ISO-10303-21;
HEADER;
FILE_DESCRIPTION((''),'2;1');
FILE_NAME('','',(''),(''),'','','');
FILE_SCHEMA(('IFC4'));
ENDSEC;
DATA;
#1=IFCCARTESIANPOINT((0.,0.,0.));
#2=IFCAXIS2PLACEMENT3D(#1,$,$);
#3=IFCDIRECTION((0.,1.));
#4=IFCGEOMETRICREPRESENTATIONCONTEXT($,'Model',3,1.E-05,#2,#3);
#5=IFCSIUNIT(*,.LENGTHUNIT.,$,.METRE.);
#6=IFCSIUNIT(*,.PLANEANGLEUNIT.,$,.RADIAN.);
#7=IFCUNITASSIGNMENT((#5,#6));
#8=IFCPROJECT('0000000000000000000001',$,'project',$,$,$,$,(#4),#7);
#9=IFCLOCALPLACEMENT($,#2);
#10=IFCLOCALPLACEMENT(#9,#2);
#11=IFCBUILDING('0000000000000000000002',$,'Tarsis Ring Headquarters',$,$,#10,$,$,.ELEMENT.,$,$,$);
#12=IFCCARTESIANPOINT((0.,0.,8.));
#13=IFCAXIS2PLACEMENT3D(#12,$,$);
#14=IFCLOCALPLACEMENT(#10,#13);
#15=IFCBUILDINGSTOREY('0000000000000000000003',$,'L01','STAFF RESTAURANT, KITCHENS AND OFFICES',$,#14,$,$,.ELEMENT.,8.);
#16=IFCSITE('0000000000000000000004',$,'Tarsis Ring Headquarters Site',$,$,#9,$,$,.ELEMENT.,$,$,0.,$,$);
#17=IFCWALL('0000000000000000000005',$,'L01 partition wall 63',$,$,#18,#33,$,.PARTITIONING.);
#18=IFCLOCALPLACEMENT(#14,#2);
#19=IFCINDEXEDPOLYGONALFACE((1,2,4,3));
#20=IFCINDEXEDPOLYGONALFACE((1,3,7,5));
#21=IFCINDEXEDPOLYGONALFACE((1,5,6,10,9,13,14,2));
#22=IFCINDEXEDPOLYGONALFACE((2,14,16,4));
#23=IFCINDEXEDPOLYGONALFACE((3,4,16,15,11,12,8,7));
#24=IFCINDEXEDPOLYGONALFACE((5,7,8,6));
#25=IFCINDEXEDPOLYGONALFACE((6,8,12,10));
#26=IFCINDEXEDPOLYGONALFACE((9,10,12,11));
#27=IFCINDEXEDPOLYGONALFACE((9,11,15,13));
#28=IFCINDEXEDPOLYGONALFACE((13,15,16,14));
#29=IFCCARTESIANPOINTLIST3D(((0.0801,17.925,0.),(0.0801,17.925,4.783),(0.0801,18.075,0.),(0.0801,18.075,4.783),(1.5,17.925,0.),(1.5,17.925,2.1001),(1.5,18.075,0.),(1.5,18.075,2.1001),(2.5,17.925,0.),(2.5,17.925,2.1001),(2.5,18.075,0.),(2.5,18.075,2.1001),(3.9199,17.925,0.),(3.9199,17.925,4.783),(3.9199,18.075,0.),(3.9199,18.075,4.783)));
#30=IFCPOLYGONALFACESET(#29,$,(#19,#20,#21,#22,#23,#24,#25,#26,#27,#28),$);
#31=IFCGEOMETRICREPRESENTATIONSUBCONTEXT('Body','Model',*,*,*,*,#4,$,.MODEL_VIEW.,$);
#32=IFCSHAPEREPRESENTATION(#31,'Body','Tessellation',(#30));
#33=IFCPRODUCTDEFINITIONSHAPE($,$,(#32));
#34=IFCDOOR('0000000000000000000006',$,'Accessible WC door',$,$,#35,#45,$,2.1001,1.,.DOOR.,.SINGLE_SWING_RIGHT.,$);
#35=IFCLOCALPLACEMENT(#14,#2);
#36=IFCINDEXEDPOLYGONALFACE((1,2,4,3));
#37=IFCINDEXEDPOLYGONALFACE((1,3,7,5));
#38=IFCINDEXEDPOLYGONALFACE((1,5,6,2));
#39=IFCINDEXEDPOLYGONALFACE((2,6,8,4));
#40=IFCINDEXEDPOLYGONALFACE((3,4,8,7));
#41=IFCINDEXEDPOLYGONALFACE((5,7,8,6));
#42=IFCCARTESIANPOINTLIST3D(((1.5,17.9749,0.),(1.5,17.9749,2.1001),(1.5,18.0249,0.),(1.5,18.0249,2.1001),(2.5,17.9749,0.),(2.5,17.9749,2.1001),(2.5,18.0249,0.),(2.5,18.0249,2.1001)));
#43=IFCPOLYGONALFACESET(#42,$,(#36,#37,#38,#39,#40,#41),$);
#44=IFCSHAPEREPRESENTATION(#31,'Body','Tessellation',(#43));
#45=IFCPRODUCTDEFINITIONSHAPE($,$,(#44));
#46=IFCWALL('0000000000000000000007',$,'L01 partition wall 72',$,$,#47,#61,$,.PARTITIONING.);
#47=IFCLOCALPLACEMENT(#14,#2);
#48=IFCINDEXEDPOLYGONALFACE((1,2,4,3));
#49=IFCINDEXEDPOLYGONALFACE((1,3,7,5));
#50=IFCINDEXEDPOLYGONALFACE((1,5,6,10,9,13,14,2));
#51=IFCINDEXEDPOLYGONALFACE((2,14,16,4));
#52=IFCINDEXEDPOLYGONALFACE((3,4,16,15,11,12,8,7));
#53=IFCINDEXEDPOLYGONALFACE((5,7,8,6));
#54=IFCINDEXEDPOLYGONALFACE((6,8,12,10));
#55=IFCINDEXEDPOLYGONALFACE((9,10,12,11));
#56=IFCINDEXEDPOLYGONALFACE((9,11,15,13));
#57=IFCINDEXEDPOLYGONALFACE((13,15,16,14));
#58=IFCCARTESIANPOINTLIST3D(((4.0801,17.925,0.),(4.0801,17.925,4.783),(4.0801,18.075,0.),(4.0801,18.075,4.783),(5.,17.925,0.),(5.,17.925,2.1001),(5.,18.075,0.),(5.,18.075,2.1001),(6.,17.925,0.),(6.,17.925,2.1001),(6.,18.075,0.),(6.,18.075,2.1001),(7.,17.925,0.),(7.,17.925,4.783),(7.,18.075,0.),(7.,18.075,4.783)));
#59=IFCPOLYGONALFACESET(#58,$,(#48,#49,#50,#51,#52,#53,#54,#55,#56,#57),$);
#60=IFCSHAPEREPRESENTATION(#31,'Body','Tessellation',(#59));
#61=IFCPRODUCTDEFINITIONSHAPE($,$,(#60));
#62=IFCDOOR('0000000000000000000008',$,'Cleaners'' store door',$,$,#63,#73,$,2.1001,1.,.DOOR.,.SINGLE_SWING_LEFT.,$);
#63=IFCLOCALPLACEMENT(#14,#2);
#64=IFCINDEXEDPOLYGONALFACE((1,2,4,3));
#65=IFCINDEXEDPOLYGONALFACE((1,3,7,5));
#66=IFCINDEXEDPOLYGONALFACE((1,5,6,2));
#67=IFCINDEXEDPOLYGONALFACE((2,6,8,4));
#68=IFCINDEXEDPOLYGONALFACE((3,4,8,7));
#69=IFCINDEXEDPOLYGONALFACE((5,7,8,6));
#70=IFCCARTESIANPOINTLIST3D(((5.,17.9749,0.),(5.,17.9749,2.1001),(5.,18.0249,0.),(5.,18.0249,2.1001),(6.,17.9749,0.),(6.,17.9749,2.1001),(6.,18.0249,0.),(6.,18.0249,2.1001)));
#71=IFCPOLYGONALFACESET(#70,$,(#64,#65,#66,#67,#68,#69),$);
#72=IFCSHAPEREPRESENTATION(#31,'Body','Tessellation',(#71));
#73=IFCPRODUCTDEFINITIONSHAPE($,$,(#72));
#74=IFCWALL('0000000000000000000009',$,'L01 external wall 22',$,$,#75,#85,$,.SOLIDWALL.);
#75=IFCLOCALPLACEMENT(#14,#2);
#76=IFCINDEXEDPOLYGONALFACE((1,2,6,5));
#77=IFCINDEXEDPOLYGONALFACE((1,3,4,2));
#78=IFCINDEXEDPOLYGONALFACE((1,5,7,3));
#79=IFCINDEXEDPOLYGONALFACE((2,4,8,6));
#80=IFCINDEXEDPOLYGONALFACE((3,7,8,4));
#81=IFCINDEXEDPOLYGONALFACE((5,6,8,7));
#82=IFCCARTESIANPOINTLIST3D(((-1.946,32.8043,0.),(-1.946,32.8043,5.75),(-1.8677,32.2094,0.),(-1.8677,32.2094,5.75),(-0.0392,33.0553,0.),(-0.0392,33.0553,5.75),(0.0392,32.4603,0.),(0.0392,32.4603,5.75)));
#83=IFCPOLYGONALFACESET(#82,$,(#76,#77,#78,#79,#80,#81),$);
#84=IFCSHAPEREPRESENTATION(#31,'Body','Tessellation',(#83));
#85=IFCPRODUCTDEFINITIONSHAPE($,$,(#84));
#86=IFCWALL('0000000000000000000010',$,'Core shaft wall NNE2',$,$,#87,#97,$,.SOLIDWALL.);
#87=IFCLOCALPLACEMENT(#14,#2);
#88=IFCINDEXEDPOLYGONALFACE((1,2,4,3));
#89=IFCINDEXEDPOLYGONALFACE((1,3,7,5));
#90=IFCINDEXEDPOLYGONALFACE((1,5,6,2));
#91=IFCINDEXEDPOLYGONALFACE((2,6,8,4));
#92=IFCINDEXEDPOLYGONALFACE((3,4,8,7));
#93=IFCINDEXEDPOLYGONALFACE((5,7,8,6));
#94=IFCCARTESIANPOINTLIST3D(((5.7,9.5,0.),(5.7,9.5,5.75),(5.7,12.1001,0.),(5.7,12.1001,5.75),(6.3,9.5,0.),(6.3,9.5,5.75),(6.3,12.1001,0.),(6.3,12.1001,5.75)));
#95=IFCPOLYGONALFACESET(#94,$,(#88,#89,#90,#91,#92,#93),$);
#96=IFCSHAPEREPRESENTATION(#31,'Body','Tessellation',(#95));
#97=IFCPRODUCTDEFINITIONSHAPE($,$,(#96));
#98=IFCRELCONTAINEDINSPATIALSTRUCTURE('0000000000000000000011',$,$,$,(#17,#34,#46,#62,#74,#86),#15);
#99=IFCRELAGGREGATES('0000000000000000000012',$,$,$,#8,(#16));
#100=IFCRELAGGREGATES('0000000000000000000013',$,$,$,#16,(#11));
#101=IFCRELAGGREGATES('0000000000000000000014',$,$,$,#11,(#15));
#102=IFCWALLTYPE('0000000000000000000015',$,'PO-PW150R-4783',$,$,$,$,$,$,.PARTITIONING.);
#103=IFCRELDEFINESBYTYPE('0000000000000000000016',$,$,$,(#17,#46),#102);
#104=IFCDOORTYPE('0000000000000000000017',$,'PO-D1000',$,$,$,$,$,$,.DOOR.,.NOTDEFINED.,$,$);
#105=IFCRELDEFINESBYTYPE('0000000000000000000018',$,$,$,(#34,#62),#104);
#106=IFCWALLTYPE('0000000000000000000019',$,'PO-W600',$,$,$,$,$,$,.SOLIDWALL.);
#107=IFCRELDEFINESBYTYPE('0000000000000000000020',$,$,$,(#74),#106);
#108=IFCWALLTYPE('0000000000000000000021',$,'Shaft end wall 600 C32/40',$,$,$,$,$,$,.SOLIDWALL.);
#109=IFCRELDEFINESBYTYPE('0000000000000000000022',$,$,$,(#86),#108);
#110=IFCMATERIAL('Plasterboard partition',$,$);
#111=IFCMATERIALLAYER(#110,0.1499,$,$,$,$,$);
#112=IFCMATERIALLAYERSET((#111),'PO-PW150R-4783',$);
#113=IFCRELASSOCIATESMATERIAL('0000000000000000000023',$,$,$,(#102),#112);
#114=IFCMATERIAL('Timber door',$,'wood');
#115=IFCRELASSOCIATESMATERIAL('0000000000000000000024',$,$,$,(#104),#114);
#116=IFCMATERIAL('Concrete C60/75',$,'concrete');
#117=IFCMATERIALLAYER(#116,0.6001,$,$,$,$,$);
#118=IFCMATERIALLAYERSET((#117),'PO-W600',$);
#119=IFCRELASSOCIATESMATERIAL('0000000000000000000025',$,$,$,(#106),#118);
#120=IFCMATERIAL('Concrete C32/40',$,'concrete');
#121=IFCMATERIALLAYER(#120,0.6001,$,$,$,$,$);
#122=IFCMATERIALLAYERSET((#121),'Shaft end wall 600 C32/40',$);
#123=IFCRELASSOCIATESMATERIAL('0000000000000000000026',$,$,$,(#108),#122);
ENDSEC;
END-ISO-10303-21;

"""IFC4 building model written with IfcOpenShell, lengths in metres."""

from ifc_helpers import new_model, si_unit, direction, frame, frame_2d, origin, place, context, subcontext, project, spatial, rectangle, extrude, material, layer, layer_set, type_object, element, fill, save


model = new_model("IFC4")

# Units and contexts
model_context = context("Model", 3, precision=1e-05, world=origin(), true_north=direction((0.0, 1.0)))
body_context = subcontext(model_context, "Body", "Model", "MODEL_VIEW")
ifc_project = project(units=[si_unit("LENGTHUNIT", "METRE"), si_unit("PLANEANGLEUNIT", "RADIAN")], contexts=[model_context])

# Site, building, storey
site_placement = place(None, origin())
site = spatial("IfcSite", under=ifc_project, at=site_placement, Name="Tarsis Ring Headquarters Site", CompositionType="ELEMENT", RefElevation=0.0)
building_placement = place(site_placement, origin())
building = spatial("IfcBuilding", under=site, at=building_placement, Name="Tarsis Ring Headquarters", CompositionType="ELEMENT")
storey_placement = place(building_placement, frame((0.0, 0.0, 8.0)))
storey = spatial("IfcBuildingStorey", under=building, at=storey_placement, Name="L01", Description="STAFF RESTAURANT, KITCHENS AND OFFICES", CompositionType="ELEMENT", Elevation=8.0)

# Shared definitions
ifc_material_1 = material(Name="Concrete C60/75", Category="concrete")

# Shared definitions
ifc_material_2 = material(Name="Plasterboard partition")

# Walls, openings, doors
ifc_layer_1 = layer(ifc_material_2, 0.1499)
ifc_layer_set_1 = layer_set([ifc_layer_1], Name="PO-PW150R-4783")
wall_type_1 = type_object("IfcWallType", Name="PO-PW150R-4783", PredefinedType="PARTITIONING", material=ifc_layer_set_1)
wall_1_placement = place(storey_placement, frame((0.0801, 18.0, 0.0), z_axis=(0.0, 0.0, 1.0), x_axis=(1.0, 0.0, 0.0)))
wall_1 = element("IfcWall", 1, at=wall_1_placement, inside=storey, type_object=wall_type_1, Name="L01 partition wall 63", PredefinedType="PARTITIONING", context=body_context, shape_type="SweptSolid", body=[
    extrude(rectangle(XDim=3.8398, YDim=0.1499, at=frame_2d((1.9199, 0.0))), origin(), (0.0, 0.0, 1.0), 4.783),
])
opening_1_placement = place(wall_1_placement, frame((1.4199, 0.0, 0.0)))
opening_1 = element("IfcOpeningElement", 2, at=opening_1_placement, cuts=wall_1, PredefinedType="OPENING", context=body_context, shape_type="SweptSolid", body=[
    extrude(rectangle(XDim=1.0, YDim=2.1001, at=frame_2d((0.5, 1.05))), frame((0.0, 0.085, 0.0), z_axis=(0.0, -1.0, 0.0), x_axis=(1.0, 0.0, 0.0)), (0.0, 0.0, 1.0), 0.1699),
])
ifc_material_3 = material(Name="Timber door", Category="wood")
door_type = type_object("IfcDoorType", Name="PO-D1000", OperationType="NOTDEFINED", PredefinedType="DOOR", material=ifc_material_3)
door_1_placement = place(opening_1_placement, origin())
door_1 = element("IfcDoor", 3, at=door_1_placement, inside=storey, type_object=door_type, Name="Accessible WC door", OperationType="SINGLE_SWING_RIGHT", OverallHeight=2.1001, OverallWidth=1.0, PredefinedType="DOOR", context=body_context, shape_type="SweptSolid", body=[
    extrude(rectangle(XDim=1.0, YDim=2.1001, at=frame_2d((0.5, 1.05))), frame((0.0, 0.0249, 0.0), z_axis=(0.0, -1.0, 0.0), x_axis=(1.0, 0.0, 0.0)), (0.0, 0.0, 1.0), 0.05),
])
fill(opening_1, door_1)
wall_2_placement = place(storey_placement, frame((4.0801, 18.0, 0.0), z_axis=(0.0, 0.0, 1.0), x_axis=(1.0, 0.0, 0.0)))
wall_2 = element("IfcWall", 4, at=wall_2_placement, inside=storey, type_object=wall_type_1, Name="L01 partition wall 72", PredefinedType="PARTITIONING", context=body_context, shape_type="SweptSolid", body=[
    extrude(rectangle(XDim=2.9199, YDim=0.1499, at=frame_2d((1.46, 0.0))), origin(), (0.0, 0.0, 1.0), 4.783),
])
opening_2_placement = place(wall_2_placement, frame((0.9199, 0.0, 0.0)))
opening_2 = element("IfcOpeningElement", 5, at=opening_2_placement, cuts=wall_2, PredefinedType="OPENING", context=body_context, shape_type="SweptSolid", body=[
    extrude(rectangle(XDim=1.0, YDim=2.1001, at=frame_2d((0.5, 1.05))), frame((0.0, 0.085, 0.0), z_axis=(0.0, -1.0, 0.0), x_axis=(1.0, 0.0, 0.0)), (0.0, 0.0, 1.0), 0.1699),
])
door_2_placement = place(opening_2_placement, origin())
door_2 = element("IfcDoor", 6, at=door_2_placement, inside=storey, type_object=door_type, Name="Cleaners' store door", OperationType="SINGLE_SWING_LEFT", OverallHeight=2.1001, OverallWidth=1.0, PredefinedType="DOOR", context=body_context, shape_type="SweptSolid", body=[
    extrude(rectangle(XDim=1.0, YDim=2.1001, at=frame_2d((0.5, 1.05))), frame((0.0, 0.0249, 0.0), z_axis=(0.0, -1.0, 0.0), x_axis=(1.0, 0.0, 0.0)), (0.0, 0.0, 1.0), 0.05),
])
fill(opening_2, door_2)

# Walls
ifc_layer_2 = layer(ifc_material_1, 0.6001)
ifc_layer_set_2 = layer_set([ifc_layer_2], Name="PO-W600")
wall_type_2 = type_object("IfcWallType", Name="PO-W600", PredefinedType="SOLIDWALL", material=ifc_layer_set_2)
wall_3_placement = place(storey_placement, frame((0.0, 32.7578, 0.0), z_axis=(0.0, 0.0, 1.0), x_axis=(-0.99145, -0.130484, 0.0)))
element("IfcWall", 7, at=wall_3_placement, inside=storey, type_object=wall_type_2, Name="L01 external wall 22", PredefinedType="SOLIDWALL", context=body_context, shape_type="SweptSolid", body=[
    extrude(rectangle(XDim=1.9233, YDim=0.6001, at=frame_2d((0.9617, 0.0))), origin(), (0.0, 0.0, 1.0), 5.75),
])
ifc_material_4 = material(Name="Concrete C32/40", Category="concrete")
ifc_layer_3 = layer(ifc_material_4, 0.6001)
ifc_layer_set_3 = layer_set([ifc_layer_3], Name="Shaft end wall 600 C32/40")
wall_type_3 = type_object("IfcWallType", Name="Shaft end wall 600 C32/40", PredefinedType="SOLIDWALL", material=ifc_layer_set_3)
wall_4_placement = place(storey_placement, frame((6.0, 9.5, 0.0), z_axis=(0.0, 0.0, 1.0), x_axis=(0.0, 1.0, 0.0)))
element("IfcWall", 8, at=wall_4_placement, inside=storey, type_object=wall_type_3, Name="Core shaft wall NNE2", PredefinedType="SOLIDWALL", context=body_context, shape_type="SweptSolid", body=[
    extrude(rectangle(XDim=2.6001, YDim=0.6001, at=frame_2d((1.3, 0.0))), origin(), (0.0, 0.0, 1.0), 5.75),
])

save(model, "model.ifc")
